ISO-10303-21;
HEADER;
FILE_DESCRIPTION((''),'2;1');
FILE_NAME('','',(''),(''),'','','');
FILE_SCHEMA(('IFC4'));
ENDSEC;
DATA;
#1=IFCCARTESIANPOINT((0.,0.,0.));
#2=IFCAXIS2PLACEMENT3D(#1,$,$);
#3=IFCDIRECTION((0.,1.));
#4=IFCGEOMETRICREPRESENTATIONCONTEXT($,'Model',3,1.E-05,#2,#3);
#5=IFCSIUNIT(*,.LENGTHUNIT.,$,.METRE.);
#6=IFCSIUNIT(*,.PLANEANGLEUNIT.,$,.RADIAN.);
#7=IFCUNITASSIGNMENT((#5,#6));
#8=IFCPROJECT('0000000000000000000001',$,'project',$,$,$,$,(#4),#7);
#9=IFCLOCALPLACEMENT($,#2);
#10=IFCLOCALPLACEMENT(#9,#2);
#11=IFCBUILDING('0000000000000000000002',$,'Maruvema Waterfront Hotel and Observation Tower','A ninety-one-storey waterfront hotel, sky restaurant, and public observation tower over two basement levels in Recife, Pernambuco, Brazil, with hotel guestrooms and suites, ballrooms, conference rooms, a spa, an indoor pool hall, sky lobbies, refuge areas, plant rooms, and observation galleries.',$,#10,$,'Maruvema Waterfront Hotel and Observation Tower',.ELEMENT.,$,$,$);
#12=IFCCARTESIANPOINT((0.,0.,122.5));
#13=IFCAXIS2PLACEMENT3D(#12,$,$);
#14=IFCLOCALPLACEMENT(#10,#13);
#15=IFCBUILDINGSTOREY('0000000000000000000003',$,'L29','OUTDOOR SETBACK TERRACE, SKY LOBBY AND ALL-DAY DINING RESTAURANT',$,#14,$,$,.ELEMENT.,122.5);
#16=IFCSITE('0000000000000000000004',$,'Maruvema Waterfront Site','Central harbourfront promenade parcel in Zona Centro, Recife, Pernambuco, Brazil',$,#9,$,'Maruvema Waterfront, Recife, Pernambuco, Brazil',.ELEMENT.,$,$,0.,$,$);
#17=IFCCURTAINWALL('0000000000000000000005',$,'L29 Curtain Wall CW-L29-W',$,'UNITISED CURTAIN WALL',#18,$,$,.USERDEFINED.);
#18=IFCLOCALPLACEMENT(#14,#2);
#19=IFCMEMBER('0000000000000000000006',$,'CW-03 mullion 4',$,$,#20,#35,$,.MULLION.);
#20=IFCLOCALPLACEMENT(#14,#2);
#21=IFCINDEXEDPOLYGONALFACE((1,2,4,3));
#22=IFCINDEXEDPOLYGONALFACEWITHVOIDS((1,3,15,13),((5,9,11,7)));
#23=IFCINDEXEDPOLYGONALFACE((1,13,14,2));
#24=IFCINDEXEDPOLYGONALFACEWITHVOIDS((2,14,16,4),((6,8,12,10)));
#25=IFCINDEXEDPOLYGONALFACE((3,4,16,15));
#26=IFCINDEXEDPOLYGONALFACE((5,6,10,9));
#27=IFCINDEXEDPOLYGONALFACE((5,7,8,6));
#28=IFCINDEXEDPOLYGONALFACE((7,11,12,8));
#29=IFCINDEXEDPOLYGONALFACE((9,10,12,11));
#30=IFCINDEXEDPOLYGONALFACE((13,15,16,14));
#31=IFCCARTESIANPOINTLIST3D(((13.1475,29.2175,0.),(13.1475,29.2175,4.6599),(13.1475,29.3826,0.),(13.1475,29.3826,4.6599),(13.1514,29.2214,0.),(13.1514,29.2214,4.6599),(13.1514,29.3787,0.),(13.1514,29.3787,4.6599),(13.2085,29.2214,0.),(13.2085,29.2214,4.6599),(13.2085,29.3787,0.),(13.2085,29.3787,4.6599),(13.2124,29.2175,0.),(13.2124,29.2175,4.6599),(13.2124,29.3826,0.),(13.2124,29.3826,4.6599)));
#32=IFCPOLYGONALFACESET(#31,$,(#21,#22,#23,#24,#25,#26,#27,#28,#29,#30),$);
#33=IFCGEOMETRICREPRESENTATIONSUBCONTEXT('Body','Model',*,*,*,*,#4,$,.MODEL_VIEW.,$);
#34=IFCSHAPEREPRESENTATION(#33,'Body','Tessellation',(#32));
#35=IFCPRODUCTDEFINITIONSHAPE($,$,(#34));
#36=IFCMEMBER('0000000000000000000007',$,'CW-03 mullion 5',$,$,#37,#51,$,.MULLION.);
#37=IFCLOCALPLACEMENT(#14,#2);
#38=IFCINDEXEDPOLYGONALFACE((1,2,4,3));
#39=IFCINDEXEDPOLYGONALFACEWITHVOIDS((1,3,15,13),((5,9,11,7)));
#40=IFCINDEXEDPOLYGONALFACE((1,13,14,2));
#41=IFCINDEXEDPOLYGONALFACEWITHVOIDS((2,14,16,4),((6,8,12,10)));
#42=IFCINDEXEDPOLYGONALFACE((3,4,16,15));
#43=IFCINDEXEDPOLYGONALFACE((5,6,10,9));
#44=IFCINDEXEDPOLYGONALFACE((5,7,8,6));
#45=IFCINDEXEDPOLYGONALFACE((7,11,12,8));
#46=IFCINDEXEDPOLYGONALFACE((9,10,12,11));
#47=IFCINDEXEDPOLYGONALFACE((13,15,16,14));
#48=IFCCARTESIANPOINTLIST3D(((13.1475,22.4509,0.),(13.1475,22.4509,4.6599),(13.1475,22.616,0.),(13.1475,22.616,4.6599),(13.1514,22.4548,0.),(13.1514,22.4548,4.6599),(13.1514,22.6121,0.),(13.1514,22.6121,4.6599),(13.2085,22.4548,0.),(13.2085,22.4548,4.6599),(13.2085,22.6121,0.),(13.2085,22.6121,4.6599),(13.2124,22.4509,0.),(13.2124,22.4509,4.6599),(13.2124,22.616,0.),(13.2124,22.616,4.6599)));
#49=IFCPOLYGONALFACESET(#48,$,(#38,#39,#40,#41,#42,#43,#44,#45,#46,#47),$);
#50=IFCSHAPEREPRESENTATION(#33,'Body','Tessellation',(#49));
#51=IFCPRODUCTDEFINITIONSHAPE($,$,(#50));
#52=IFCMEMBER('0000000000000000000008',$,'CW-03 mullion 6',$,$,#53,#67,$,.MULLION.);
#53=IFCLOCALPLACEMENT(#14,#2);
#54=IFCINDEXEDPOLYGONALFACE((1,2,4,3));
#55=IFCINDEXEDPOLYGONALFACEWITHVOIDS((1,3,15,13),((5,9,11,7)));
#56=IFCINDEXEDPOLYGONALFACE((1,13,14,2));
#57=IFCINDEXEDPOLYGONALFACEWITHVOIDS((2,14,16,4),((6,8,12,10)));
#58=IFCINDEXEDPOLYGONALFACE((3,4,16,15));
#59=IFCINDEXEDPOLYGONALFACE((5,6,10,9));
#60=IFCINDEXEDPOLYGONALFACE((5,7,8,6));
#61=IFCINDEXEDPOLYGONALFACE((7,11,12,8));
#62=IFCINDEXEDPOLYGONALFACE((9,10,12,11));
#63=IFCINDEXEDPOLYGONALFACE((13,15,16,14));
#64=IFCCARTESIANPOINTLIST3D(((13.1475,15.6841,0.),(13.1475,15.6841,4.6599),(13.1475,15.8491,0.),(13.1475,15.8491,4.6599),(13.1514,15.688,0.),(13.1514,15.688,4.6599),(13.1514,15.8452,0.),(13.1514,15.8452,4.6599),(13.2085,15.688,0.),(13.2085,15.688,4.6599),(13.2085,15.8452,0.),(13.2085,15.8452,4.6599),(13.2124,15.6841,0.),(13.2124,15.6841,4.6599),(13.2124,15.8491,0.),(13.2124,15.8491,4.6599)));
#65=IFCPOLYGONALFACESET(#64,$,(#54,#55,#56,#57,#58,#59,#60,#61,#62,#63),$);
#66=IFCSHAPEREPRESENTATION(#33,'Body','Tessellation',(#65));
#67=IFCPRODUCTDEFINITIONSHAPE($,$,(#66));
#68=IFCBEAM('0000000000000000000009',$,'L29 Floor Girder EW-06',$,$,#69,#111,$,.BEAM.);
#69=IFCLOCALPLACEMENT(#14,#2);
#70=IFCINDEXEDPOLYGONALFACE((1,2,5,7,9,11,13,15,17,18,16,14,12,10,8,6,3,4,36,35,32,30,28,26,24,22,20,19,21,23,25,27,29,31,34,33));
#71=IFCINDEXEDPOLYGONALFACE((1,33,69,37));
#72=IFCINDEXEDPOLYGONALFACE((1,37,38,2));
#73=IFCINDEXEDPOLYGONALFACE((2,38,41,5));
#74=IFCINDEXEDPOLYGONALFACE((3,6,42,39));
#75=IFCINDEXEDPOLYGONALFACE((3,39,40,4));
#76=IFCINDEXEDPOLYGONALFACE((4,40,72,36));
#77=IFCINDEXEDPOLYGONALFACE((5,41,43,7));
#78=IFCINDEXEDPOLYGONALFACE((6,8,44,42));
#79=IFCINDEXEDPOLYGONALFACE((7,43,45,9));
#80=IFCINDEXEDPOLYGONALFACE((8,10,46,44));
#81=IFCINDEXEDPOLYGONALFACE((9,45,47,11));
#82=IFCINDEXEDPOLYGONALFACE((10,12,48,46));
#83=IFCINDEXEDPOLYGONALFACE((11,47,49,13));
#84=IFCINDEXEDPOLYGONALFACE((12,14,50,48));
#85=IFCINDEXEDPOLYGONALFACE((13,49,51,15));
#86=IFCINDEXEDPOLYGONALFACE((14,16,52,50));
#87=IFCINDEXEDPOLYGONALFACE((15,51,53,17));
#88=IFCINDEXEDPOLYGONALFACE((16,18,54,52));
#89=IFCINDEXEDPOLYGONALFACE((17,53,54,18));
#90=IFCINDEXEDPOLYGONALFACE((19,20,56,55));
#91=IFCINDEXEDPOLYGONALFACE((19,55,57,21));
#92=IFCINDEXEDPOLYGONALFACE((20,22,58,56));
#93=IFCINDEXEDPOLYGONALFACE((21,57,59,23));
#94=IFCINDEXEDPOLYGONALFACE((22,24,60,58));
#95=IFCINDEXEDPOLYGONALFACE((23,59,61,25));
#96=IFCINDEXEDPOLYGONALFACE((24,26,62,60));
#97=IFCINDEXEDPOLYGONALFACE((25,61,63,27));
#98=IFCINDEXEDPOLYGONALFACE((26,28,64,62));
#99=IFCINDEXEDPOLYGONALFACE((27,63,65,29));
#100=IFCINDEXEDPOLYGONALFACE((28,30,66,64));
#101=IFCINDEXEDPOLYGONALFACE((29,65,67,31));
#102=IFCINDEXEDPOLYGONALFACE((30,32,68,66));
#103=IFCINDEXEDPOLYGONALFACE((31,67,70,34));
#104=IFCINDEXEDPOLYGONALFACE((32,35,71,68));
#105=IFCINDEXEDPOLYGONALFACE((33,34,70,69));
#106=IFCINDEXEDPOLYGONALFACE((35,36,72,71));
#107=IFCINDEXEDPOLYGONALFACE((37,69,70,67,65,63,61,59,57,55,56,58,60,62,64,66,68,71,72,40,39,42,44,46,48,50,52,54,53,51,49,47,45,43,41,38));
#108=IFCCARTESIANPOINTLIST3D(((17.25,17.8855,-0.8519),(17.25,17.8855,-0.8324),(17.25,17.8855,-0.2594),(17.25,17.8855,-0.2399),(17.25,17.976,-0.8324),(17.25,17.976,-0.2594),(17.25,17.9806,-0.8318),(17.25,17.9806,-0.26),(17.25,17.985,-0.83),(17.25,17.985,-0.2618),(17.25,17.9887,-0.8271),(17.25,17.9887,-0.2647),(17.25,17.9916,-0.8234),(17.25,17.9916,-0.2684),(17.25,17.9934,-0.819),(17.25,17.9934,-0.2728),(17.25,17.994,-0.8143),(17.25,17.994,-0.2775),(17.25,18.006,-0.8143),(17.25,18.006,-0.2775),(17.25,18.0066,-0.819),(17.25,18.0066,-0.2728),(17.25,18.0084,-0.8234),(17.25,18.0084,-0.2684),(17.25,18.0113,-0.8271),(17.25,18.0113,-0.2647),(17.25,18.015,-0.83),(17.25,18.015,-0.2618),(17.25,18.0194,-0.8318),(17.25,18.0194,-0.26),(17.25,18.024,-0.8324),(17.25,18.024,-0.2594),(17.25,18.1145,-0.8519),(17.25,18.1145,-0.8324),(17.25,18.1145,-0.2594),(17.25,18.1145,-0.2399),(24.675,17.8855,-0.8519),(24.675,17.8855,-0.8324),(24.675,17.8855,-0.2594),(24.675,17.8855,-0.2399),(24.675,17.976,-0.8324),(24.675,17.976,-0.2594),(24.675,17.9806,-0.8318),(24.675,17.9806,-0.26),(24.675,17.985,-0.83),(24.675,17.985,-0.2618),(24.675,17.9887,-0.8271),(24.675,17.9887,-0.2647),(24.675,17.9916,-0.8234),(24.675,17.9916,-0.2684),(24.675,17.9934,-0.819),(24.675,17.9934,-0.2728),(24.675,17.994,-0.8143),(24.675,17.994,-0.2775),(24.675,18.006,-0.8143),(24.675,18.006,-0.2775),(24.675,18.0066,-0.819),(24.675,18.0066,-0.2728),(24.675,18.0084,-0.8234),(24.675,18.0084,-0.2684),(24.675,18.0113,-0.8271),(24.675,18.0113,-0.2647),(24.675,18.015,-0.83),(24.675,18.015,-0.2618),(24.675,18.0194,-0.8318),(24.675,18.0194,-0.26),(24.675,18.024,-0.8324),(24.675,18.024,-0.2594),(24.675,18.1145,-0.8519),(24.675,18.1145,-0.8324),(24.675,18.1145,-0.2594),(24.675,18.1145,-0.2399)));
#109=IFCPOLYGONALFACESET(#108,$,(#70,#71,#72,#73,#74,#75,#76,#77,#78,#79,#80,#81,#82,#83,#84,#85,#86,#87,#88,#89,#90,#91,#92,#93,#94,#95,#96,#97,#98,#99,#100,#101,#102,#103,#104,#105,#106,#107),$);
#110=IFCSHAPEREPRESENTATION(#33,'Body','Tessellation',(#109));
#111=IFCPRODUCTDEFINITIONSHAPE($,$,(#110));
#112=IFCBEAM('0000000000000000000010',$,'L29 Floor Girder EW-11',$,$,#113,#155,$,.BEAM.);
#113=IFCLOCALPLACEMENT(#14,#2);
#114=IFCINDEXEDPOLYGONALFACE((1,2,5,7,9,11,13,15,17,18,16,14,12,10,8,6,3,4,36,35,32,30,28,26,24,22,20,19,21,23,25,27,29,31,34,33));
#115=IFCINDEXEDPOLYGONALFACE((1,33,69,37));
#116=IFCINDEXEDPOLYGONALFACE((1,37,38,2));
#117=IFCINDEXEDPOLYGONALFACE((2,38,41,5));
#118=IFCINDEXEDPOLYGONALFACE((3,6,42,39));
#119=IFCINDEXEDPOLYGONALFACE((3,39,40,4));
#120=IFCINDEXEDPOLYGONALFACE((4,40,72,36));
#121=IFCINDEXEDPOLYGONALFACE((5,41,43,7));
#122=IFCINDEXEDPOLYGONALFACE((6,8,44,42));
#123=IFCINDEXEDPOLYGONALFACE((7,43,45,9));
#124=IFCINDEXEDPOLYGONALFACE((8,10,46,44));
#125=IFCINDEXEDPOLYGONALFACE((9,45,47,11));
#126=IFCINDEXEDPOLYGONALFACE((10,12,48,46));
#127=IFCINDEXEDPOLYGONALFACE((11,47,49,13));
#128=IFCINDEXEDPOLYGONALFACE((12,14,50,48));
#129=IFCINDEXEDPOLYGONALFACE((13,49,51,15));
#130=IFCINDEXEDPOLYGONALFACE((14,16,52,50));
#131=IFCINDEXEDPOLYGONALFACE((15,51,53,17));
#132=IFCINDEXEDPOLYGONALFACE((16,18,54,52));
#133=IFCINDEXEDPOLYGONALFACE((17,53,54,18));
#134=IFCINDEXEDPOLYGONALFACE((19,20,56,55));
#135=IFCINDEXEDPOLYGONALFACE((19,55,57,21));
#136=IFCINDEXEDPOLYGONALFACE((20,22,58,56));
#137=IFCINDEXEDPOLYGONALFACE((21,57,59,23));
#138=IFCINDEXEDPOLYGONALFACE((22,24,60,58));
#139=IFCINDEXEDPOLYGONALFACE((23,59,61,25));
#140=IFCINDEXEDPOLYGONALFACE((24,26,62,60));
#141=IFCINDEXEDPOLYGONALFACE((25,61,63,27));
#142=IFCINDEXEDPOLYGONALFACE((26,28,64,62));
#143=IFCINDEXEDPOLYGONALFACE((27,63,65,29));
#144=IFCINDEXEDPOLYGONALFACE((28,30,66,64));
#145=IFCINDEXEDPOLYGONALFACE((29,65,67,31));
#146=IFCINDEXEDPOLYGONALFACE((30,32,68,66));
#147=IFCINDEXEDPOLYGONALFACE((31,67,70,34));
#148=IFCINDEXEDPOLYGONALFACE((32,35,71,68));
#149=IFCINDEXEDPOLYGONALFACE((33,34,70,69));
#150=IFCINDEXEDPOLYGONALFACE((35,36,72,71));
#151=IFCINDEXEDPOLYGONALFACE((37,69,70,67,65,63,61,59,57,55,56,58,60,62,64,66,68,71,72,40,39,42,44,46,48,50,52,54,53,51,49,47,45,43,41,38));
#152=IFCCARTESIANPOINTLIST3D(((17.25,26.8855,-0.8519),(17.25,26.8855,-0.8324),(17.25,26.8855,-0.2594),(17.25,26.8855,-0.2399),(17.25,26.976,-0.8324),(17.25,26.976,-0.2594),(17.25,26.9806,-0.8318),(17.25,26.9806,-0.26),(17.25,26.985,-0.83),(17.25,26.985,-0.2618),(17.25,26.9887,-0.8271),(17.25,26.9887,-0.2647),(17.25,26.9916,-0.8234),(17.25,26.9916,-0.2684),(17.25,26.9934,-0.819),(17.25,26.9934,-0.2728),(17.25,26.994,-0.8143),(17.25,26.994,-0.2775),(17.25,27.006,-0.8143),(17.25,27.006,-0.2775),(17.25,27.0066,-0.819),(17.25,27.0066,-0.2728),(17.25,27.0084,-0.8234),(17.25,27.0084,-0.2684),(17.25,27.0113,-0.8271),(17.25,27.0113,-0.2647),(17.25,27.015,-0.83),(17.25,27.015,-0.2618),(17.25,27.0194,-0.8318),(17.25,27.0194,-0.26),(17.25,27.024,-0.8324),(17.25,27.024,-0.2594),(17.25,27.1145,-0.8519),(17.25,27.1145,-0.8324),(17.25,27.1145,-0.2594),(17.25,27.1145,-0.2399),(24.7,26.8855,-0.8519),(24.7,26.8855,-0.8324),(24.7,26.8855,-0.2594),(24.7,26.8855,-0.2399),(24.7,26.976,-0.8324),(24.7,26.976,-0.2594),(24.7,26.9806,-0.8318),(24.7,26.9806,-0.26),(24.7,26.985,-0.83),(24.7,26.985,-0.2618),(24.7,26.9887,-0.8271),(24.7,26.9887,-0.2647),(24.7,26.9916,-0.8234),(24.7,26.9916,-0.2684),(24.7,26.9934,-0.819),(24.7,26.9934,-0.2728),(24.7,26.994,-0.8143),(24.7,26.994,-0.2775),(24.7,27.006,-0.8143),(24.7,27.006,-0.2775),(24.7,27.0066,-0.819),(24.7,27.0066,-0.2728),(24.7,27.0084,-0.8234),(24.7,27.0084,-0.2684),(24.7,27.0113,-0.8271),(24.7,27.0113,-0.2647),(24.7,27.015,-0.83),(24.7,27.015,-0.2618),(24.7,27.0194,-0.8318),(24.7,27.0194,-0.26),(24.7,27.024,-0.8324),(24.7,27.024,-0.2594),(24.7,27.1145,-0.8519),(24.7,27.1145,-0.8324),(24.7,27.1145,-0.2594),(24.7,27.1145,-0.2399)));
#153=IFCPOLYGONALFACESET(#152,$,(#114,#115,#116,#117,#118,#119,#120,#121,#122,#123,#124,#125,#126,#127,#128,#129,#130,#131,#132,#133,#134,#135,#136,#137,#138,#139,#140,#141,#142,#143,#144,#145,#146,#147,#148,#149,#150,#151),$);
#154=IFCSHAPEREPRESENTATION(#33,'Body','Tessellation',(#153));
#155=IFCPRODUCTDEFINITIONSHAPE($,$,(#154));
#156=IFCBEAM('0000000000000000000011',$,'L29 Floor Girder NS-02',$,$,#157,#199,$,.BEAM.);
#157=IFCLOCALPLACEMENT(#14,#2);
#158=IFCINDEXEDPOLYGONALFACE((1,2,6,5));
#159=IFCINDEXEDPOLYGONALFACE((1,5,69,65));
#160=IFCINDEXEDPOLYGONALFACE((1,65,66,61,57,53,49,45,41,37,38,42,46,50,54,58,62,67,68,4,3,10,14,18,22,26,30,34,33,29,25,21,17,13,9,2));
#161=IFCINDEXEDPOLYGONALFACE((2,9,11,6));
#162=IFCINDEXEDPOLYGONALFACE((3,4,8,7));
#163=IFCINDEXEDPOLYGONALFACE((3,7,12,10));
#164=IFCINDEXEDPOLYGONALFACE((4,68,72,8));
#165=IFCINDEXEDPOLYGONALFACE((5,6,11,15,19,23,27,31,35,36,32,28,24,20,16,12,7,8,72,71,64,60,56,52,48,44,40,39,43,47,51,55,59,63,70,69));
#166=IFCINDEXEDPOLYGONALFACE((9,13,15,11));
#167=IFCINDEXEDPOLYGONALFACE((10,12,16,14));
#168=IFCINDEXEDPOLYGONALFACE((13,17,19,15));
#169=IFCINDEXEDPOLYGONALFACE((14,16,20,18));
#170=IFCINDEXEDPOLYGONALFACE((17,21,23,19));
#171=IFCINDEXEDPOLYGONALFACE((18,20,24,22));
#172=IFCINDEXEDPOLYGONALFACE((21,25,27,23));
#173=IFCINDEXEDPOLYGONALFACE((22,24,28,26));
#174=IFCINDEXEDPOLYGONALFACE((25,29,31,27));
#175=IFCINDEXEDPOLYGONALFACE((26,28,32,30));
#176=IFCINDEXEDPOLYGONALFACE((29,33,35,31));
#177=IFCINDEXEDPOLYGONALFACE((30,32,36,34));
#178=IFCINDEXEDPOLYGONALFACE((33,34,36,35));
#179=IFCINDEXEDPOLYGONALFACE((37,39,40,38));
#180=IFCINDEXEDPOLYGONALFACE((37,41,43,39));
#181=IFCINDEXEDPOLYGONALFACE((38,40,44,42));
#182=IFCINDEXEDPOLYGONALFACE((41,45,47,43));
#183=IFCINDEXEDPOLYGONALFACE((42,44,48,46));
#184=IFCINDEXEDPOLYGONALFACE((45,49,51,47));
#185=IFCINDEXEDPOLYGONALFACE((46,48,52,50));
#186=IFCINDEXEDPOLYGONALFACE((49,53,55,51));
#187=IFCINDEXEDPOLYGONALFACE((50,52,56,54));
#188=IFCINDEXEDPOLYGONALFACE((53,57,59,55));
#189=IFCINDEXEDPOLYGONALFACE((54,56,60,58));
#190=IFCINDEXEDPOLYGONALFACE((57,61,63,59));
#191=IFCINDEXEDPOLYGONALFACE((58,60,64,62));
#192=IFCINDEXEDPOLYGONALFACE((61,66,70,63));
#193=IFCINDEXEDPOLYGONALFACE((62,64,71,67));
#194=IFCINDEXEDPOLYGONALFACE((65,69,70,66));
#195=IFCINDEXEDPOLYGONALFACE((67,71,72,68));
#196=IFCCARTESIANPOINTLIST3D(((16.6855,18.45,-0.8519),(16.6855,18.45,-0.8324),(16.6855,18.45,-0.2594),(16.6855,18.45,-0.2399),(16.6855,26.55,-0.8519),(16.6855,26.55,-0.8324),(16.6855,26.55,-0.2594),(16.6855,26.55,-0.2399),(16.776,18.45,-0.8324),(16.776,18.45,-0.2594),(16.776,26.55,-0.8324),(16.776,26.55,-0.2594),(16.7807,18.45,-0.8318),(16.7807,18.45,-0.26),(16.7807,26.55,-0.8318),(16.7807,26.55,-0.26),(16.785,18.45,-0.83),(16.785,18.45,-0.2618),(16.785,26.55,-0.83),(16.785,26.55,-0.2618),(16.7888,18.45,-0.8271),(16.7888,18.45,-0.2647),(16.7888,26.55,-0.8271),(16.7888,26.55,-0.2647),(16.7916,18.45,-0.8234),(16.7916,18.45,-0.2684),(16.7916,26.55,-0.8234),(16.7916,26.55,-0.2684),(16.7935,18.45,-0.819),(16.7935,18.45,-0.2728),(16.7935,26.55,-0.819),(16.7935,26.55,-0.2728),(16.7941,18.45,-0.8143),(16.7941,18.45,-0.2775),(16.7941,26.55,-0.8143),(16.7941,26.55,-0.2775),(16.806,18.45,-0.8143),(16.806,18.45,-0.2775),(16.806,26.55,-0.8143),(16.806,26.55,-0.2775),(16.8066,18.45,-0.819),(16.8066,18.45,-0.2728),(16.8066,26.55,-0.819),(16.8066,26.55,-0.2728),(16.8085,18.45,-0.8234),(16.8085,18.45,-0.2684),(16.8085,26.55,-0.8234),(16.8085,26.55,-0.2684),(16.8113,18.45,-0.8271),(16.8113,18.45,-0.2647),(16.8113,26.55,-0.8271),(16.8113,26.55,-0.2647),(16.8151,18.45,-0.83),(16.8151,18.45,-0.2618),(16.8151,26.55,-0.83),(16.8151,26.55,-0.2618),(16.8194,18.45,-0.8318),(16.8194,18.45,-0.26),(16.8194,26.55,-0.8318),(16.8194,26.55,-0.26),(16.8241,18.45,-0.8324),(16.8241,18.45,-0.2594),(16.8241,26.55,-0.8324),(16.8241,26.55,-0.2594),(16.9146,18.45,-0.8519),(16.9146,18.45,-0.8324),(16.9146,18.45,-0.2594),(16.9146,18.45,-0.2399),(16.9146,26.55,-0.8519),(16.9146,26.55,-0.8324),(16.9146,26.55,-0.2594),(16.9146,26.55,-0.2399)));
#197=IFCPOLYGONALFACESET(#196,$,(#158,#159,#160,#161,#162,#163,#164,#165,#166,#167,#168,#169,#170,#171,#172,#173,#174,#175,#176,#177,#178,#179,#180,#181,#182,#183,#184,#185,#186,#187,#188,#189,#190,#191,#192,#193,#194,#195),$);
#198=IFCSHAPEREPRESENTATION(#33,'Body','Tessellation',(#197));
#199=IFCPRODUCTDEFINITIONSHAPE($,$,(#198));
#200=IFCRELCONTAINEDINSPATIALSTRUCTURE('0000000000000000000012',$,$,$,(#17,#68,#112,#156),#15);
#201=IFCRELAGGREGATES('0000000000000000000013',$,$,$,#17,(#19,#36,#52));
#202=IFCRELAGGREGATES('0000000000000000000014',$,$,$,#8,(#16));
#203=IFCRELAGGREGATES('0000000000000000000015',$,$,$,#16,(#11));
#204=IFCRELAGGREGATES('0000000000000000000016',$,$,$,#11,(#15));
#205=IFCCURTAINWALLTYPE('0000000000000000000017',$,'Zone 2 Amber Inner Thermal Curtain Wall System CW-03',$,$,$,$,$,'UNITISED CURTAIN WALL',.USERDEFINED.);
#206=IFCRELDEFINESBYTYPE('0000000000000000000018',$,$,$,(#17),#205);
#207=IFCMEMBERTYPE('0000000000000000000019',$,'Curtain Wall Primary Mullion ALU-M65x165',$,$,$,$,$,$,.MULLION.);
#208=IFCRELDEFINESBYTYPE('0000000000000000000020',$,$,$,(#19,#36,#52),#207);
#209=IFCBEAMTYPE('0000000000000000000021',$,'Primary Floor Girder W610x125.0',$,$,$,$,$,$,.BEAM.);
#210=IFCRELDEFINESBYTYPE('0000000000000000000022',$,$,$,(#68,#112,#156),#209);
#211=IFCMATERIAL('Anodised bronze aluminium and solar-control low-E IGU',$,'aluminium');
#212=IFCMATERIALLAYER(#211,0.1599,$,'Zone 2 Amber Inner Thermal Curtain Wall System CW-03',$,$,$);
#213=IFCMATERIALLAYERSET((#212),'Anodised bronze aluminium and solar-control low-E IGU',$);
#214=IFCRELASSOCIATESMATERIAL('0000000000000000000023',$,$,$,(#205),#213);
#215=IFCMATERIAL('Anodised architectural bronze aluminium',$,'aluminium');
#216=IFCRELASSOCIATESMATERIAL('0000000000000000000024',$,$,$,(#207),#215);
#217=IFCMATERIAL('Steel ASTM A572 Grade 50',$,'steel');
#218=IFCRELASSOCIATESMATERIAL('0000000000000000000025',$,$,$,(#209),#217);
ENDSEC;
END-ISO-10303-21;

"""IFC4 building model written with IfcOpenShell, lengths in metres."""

from ifc_helpers import new_model, si_unit, direction, frame, origin, origin_2d, place, context, subcontext, project, spatial, hollow_rectangle, i_section, extrude, material, layer, layer_set, material_profile, profile_set, type_object, element, aggregate, save


model = new_model("IFC4")

# Units and contexts
model_context = context("Model", 3, precision=1e-05, world=origin(), true_north=direction((0.0, 1.0)))
body_context = subcontext(model_context, "Body", "Model", "MODEL_VIEW")
ifc_project = project(units=[si_unit("LENGTHUNIT", "METRE"), si_unit("PLANEANGLEUNIT", "RADIAN")], contexts=[model_context])

# Site, building, storey
site_placement = place(None, origin())
site = spatial("IfcSite", under=ifc_project, at=site_placement, Name="Maruvema Waterfront Site", Description="Central harbourfront promenade parcel in Zona Centro, Recife, Pernambuco, Brazil", LongName="Maruvema Waterfront, Recife, Pernambuco, Brazil", CompositionType="ELEMENT", RefElevation=0.0)
building_placement = place(site_placement, origin())
building = spatial("IfcBuilding", under=site, at=building_placement, Name="Maruvema Waterfront Hotel and Observation Tower", Description="A ninety-one-storey waterfront hotel, sky restaurant, and public observation tower over two basement levels in Recife, Pernambuco, Brazil, with hotel guestrooms and suites, ballrooms, conference rooms, a spa, an indoor pool hall, sky lobbies, refuge areas, plant rooms, and observation galleries.", LongName="Maruvema Waterfront Hotel and Observation Tower", CompositionType="ELEMENT")
storey_placement = place(building_placement, frame((0.0, 0.0, 122.5)))
storey = spatial("IfcBuildingStorey", under=building, at=storey_placement, Name="L29", Description="OUTDOOR SETBACK TERRACE, SKY LOBBY AND ALL-DAY DINING RESTAURANT", CompositionType="ELEMENT", Elevation=122.5)

# Curtain wall, members
ifc_material_1 = material(Name="Anodised bronze aluminium and solar-control low-E IGU", Category="aluminium")
ifc_layer_1 = layer(ifc_material_1, 0.1599, Name="Zone 2 Amber Inner Thermal Curtain Wall System CW-03")
ifc_layer_set_1 = layer_set([ifc_layer_1], Name="Anodised bronze aluminium and solar-control low-E IGU")
curtain_wall_type = type_object("IfcCurtainWallType", Name="Zone 2 Amber Inner Thermal Curtain Wall System CW-03", ElementType="UNITISED CURTAIN WALL", PredefinedType="USERDEFINED", material=ifc_layer_set_1)
curtain_wall_placement = place(storey_placement, origin())
curtain_wall = element("IfcCurtainWall", 1, at=curtain_wall_placement, inside=storey, type_object=curtain_wall_type, Name="L29 Curtain Wall CW-L29-W", ObjectType="UNITISED CURTAIN WALL", PredefinedType="USERDEFINED")
ifc_material_2 = material(Name="Anodised architectural bronze aluminium", Category="aluminium")
ifc_material_profile_1 = material_profile(ifc_material_2, hollow_rectangle(XDim=0.0649, YDim=0.165, WallThickness=0.0039, at=origin_2d()), Name="ALU-M65x165")
ifc_profile_set_1 = profile_set([ifc_material_profile_1], Name="Anodised architectural bronze aluminium")
member_type_1 = type_object("IfcMemberType", Name="Curtain Wall Primary Mullion ALU-M65x165", PredefinedType="MULLION", material=ifc_profile_set_1)
member_1_placement = place(storey_placement, frame((13.1799, 29.3, 0.0), z_axis=(0.0, 0.0, 1.0), x_axis=(1.0, 0.0, 0.0)))
member_1 = element("IfcMember", 2, at=member_1_placement, type_object=member_type_1, Name="CW-03 mullion 4", PredefinedType="MULLION", context=body_context, shape_type="SweptSolid", body=[
    extrude(hollow_rectangle(XDim=0.0649, YDim=0.165, WallThickness=0.0039, at=origin_2d()), origin(), (0.0, 0.0, 1.0), 4.6599),
])
member_2_placement = place(storey_placement, frame((13.1799, 22.5334, 0.0), z_axis=(0.0, 0.0, 1.0), x_axis=(1.0, 0.0, 0.0)))
member_2 = element("IfcMember", 3, at=member_2_placement, type_object=member_type_1, Name="CW-03 mullion 5", PredefinedType="MULLION", context=body_context, shape_type="SweptSolid", body=[
    extrude(hollow_rectangle(XDim=0.0649, YDim=0.165, WallThickness=0.0039, at=origin_2d()), origin(), (0.0, 0.0, 1.0), 4.6599),
])
member_3_placement = place(storey_placement, frame((13.1799, 15.7666, 0.0), z_axis=(0.0, 0.0, 1.0), x_axis=(1.0, 0.0, 0.0)))
member_3 = element("IfcMember", 4, at=member_3_placement, type_object=member_type_1, Name="CW-03 mullion 6", PredefinedType="MULLION", context=body_context, shape_type="SweptSolid", body=[
    extrude(hollow_rectangle(XDim=0.0649, YDim=0.165, WallThickness=0.0039, at=origin_2d()), origin(), (0.0, 0.0, 1.0), 4.6599),
])

# Beams
ifc_material_3 = material(Name="Steel ASTM A572 Grade 50", Category="steel")
ifc_material_profile_2 = material_profile(ifc_material_3, i_section(OverallWidth=0.229, OverallDepth=0.6121, WebThickness=0.012, FlangeThickness=0.0195, FilletRadius=0.0181, at=origin_2d()), Name="W610x125.0")
ifc_profile_set_2 = profile_set([ifc_material_profile_2], Name="Steel ASTM A572 Grade 50")
beam_type = type_object("IfcBeamType", Name="Primary Floor Girder W610x125.0", PredefinedType="BEAM", material=ifc_profile_set_2)
beam_1_placement = place(storey_placement, frame((17.25, 18.0, -0.5459), z_axis=(1.0, 0.0, 0.0), x_axis=(0.0, 1.0, 0.0)))
element("IfcBeam", 5, at=beam_1_placement, inside=storey, type_object=beam_type, Name="L29 Floor Girder EW-06", PredefinedType="BEAM", context=body_context, shape_type="SweptSolid", body=[
    extrude(i_section(OverallWidth=0.229, OverallDepth=0.6121, WebThickness=0.012, FlangeThickness=0.0195, FilletRadius=0.0181, at=origin_2d()), origin(), (0.0, 0.0, 1.0), 7.425),
])
beam_2_placement = place(storey_placement, frame((17.25, 27.0, -0.5459), z_axis=(1.0, 0.0, 0.0), x_axis=(0.0, 1.0, 0.0)))
element("IfcBeam", 6, at=beam_2_placement, inside=storey, type_object=beam_type, Name="L29 Floor Girder EW-11", PredefinedType="BEAM", context=body_context, shape_type="SweptSolid", body=[
    extrude(i_section(OverallWidth=0.229, OverallDepth=0.6121, WebThickness=0.012, FlangeThickness=0.0195, FilletRadius=0.0181, at=origin_2d()), origin(), (0.0, 0.0, 1.0), 7.45),
])
for number, where, z_axis, x_axis, name in (
    (7, (16.8, 18.45, -0.5459), (0.0, 1.0, 0.0), (-1.0, 0.0, 0.0), "L29 Floor Girder NS-02"),
):
    element("IfcBeam", number, at=place(storey_placement, frame(where, z_axis=z_axis, x_axis=x_axis)), inside=storey, type_object=beam_type, Name=name, PredefinedType="BEAM", context=body_context, shape_type="SweptSolid", body=[
        extrude(i_section(OverallWidth=0.229, OverallDepth=0.6121, WebThickness=0.012, FlangeThickness=0.0195, FilletRadius=0.0181, at=origin_2d()), origin(), (0.0, 0.0, 1.0), 8.1001),
    ])

aggregate(curtain_wall, [member_1, member_2, member_3])

save(model, "model.ifc")
